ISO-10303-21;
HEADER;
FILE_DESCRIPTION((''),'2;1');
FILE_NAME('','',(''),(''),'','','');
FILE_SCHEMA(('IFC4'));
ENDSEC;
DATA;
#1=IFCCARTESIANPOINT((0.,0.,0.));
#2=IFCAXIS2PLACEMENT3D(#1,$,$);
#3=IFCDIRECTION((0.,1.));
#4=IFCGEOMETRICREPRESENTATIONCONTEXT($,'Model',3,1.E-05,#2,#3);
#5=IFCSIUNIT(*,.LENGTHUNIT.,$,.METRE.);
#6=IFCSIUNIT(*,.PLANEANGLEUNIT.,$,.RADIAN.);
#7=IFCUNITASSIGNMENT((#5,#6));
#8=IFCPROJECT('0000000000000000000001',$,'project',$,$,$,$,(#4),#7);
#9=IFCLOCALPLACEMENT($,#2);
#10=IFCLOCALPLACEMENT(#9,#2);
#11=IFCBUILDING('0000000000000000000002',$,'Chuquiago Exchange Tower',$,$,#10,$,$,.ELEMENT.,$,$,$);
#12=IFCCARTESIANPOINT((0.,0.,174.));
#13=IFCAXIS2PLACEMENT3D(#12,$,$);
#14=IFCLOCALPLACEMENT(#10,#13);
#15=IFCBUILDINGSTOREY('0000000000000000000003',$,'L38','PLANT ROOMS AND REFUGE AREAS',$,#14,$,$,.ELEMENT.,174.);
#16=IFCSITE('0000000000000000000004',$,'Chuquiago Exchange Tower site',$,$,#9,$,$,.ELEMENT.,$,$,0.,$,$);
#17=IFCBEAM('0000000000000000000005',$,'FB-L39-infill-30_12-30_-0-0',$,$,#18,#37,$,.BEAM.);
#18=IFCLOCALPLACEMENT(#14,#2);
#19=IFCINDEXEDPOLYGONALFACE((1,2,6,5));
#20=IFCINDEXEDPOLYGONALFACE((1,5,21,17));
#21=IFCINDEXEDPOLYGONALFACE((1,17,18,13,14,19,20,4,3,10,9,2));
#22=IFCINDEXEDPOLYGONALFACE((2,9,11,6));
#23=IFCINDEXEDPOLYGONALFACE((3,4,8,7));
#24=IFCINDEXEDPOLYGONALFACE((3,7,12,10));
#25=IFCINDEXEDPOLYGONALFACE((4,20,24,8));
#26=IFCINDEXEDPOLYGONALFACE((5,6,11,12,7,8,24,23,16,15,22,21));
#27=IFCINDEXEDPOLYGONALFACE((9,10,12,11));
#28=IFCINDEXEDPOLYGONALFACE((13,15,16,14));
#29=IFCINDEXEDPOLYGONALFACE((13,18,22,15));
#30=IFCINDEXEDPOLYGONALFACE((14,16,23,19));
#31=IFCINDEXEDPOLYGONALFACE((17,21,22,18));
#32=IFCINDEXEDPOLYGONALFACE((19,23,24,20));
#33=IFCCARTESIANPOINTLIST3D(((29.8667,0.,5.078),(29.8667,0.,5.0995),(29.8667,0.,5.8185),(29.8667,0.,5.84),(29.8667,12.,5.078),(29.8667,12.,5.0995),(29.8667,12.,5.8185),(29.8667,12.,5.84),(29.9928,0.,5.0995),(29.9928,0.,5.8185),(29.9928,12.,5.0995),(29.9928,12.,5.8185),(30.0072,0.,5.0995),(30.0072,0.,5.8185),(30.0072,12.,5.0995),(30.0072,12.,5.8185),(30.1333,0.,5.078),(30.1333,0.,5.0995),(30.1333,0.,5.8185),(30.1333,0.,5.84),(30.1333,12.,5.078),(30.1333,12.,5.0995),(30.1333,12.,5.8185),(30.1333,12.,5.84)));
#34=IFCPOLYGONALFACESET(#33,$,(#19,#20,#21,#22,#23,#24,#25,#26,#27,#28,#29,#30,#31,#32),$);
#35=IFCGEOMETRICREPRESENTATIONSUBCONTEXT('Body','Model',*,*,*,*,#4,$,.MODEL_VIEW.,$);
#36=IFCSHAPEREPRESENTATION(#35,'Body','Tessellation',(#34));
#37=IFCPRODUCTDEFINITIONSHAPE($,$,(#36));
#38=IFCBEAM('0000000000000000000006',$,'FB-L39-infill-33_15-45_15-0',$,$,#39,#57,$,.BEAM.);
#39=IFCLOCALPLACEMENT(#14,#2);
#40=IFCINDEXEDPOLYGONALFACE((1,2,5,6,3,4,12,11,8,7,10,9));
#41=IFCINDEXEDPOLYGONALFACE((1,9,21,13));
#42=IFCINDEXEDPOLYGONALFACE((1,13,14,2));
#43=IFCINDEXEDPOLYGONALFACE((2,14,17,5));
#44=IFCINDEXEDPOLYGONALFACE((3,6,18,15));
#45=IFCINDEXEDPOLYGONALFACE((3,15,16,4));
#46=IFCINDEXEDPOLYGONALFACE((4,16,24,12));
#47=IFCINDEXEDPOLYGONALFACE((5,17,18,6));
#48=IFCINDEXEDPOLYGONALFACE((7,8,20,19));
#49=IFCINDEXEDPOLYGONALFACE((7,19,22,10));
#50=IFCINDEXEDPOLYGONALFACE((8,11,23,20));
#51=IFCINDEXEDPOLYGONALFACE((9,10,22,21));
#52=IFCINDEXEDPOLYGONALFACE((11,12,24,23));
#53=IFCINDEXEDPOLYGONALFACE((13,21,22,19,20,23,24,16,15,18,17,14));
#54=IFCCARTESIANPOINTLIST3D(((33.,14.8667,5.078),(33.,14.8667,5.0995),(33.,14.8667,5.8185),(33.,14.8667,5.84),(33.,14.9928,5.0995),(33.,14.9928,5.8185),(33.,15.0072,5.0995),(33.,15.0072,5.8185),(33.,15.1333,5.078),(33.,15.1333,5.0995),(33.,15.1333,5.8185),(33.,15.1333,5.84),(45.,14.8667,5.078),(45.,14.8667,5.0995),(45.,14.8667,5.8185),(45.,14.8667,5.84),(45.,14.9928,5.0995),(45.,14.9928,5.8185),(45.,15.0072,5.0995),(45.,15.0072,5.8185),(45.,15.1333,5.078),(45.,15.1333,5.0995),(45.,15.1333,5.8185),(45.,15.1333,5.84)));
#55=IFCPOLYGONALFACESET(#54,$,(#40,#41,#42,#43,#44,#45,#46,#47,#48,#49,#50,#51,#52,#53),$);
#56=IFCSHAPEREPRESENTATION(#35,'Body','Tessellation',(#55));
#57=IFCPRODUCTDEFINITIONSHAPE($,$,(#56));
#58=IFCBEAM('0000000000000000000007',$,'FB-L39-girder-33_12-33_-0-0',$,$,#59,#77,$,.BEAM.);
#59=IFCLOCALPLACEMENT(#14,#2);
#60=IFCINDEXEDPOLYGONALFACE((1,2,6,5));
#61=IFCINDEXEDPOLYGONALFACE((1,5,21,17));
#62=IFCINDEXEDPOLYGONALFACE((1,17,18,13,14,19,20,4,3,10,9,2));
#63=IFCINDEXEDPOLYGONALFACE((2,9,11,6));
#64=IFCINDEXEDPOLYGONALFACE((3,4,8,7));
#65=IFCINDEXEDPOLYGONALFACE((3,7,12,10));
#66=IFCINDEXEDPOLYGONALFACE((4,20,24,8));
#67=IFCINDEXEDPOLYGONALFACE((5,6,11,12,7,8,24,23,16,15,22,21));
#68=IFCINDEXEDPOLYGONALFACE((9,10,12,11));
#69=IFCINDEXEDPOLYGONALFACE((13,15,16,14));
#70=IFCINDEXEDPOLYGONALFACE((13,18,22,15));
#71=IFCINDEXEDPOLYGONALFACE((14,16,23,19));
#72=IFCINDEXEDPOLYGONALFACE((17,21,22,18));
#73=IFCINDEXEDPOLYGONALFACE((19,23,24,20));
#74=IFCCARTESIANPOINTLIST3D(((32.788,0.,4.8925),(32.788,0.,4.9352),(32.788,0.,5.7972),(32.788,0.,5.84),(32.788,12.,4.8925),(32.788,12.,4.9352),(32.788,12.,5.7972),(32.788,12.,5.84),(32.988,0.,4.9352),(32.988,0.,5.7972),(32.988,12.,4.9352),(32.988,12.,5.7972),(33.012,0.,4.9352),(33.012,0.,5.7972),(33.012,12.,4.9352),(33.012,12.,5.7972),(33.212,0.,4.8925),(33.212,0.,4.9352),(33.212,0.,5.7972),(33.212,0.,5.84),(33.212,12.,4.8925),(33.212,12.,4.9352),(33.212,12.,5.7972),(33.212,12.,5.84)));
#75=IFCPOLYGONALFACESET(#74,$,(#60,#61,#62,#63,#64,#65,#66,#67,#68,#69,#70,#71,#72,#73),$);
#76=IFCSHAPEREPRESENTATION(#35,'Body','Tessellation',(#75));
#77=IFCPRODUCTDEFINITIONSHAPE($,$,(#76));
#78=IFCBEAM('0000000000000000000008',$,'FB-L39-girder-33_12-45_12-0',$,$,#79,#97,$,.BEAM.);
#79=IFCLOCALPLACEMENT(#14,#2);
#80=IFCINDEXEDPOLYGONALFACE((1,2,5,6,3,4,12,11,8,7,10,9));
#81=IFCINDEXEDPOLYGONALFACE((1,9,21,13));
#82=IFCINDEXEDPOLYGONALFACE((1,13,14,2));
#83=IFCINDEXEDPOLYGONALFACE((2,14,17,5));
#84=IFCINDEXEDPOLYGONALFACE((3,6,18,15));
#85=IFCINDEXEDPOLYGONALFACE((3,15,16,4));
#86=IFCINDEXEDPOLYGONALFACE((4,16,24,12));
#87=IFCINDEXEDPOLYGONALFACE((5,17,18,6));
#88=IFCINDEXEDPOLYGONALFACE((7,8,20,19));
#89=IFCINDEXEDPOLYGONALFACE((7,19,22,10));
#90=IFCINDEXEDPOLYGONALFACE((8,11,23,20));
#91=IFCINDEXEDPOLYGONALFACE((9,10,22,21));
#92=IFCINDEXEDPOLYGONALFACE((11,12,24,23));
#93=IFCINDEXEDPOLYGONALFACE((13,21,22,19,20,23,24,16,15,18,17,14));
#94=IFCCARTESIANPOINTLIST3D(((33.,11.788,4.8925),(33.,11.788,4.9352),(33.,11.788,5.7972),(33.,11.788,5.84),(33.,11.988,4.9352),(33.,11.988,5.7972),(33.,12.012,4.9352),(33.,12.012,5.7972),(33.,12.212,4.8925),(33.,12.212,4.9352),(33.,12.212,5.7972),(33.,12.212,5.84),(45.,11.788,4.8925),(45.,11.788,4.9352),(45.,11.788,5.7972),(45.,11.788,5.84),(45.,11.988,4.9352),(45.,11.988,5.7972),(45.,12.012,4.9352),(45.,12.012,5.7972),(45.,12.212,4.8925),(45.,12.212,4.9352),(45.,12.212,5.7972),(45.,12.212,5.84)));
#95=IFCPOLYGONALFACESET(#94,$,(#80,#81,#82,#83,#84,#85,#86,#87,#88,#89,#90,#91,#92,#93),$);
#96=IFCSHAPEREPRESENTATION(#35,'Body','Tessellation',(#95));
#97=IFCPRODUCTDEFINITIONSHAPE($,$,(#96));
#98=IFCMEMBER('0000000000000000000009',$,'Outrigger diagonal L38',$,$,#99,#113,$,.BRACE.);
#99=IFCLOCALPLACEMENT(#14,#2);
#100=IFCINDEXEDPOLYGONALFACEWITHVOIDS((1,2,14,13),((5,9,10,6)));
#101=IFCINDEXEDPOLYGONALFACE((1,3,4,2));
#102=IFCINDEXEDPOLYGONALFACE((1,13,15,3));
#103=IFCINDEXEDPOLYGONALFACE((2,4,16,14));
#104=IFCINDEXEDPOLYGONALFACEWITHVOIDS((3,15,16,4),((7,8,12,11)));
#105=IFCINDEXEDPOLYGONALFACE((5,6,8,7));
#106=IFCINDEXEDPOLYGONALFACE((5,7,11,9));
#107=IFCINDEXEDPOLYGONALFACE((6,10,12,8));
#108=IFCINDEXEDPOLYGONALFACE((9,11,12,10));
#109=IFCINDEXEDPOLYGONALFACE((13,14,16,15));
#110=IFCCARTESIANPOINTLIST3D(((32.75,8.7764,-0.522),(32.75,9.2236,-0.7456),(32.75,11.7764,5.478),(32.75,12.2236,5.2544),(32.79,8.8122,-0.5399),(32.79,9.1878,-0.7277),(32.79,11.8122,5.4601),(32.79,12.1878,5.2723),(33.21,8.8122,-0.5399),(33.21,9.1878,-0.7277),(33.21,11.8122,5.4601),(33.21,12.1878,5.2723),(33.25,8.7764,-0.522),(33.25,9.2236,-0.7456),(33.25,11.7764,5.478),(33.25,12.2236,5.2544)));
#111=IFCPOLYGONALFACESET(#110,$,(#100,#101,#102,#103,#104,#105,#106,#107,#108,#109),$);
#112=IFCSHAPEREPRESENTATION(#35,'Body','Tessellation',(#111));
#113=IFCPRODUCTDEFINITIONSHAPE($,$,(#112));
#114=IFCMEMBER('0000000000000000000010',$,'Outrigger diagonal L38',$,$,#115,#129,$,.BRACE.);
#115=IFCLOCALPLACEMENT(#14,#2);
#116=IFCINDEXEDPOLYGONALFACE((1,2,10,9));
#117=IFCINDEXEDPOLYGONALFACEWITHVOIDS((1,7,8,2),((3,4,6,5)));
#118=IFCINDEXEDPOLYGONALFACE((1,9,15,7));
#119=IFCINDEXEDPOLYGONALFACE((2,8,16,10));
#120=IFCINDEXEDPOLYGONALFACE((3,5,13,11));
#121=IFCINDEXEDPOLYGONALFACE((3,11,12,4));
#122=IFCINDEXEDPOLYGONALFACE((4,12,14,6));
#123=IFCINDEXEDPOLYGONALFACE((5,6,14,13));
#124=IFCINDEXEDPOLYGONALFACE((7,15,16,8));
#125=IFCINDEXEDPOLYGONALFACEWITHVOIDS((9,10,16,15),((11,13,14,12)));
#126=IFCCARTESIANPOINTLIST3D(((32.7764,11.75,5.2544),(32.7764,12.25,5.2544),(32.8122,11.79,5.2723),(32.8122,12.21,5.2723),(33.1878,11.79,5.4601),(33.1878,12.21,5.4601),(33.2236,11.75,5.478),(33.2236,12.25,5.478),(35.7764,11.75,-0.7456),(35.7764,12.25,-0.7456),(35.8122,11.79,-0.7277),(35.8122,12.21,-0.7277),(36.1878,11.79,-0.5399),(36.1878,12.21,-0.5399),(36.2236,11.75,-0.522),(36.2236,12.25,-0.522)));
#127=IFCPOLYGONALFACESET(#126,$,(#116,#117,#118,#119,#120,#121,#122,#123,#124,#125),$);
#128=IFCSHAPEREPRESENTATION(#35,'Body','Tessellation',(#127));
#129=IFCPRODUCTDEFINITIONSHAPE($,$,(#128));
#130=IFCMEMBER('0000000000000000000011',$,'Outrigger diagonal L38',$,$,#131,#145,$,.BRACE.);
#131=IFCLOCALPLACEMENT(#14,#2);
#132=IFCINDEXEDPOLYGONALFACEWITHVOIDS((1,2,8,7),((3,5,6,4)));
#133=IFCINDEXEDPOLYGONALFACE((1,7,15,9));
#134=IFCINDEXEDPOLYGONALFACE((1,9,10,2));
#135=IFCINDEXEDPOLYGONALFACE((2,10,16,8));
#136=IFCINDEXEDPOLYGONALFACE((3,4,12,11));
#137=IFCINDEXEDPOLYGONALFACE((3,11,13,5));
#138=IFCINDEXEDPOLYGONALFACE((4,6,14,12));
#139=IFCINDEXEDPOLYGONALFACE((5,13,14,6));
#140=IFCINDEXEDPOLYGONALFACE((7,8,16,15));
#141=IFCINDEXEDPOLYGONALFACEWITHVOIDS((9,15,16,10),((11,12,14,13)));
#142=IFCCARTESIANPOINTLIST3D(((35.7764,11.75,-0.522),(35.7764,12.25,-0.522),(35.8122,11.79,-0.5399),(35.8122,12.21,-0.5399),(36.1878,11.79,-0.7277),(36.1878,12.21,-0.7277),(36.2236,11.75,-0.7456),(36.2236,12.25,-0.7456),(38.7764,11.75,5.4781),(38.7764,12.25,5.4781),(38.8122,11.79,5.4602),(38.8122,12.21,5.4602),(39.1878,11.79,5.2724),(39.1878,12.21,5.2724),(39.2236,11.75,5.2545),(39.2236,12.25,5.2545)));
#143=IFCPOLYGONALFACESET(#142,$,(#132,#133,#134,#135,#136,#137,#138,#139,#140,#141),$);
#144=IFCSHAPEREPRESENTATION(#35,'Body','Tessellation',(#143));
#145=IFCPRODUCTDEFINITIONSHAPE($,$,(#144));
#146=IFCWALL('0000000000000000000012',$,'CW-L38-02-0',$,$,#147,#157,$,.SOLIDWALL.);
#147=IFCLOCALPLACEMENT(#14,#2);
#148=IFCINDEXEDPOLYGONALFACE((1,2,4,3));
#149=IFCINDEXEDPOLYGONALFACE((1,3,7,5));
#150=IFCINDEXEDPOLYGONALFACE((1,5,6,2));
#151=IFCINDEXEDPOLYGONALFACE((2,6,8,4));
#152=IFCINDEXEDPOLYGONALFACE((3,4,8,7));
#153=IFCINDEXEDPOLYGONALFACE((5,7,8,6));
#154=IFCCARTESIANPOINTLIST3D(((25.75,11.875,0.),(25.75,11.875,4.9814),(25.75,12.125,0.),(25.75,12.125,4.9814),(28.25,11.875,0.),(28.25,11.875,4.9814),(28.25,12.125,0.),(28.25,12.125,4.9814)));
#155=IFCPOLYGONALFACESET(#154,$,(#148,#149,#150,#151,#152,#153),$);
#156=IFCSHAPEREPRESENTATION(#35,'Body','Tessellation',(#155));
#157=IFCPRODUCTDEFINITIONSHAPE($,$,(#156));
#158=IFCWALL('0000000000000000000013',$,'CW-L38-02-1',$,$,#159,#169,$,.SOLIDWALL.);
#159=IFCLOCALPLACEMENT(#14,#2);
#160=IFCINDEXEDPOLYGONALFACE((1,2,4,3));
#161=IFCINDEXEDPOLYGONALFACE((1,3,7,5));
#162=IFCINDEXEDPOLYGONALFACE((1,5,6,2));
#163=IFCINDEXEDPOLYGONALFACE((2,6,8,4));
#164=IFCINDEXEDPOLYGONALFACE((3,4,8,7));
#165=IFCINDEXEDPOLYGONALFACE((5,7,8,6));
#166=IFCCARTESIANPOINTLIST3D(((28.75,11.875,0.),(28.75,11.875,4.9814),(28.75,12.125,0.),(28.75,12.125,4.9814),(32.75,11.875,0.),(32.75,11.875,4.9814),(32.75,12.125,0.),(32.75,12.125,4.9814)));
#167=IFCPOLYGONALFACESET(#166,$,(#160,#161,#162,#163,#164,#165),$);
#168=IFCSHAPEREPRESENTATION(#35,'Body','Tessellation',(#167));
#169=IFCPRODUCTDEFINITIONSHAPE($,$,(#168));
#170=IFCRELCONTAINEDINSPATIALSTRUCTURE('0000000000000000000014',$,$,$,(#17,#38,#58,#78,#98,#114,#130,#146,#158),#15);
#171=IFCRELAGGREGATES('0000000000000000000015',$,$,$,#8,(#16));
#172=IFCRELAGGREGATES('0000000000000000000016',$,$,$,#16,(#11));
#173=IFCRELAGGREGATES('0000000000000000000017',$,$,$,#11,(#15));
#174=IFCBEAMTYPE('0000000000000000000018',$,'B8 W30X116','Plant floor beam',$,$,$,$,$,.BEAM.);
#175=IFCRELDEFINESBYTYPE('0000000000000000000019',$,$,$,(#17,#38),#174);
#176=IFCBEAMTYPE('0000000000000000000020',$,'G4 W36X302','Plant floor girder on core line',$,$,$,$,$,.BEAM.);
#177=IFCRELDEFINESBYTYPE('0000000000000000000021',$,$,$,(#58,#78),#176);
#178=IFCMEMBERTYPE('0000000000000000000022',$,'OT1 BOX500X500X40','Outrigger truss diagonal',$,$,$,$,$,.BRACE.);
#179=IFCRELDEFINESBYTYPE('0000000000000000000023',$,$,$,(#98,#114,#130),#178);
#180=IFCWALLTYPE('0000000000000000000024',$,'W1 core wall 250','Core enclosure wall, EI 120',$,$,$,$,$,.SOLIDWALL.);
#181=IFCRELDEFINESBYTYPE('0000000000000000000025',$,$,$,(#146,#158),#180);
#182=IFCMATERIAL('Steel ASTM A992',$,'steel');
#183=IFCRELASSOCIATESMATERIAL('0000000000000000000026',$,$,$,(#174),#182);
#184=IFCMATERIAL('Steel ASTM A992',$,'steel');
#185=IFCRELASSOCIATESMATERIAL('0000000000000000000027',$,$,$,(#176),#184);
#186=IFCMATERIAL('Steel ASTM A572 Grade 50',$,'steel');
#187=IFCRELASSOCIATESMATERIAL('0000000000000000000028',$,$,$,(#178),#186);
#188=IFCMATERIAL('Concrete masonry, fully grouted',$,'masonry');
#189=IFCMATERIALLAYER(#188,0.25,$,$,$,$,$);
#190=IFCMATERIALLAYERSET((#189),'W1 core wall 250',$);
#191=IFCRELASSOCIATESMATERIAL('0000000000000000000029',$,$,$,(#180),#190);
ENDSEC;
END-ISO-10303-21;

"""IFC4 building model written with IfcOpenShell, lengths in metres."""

from ifc_helpers import new_model, si_unit, direction, frame, frame_2d, origin, origin_2d, place, context, subcontext, project, spatial, rectangle, hollow_rectangle, i_section, extrude, material, layer, layer_set, material_profile, profile_set, type_object, element, save


model = new_model("IFC4")

# Units and contexts
model_context = context("Model", 3, precision=1e-05, world=origin(), true_north=direction((0.0, 1.0)))
body_context = subcontext(model_context, "Body", "Model", "MODEL_VIEW")
ifc_project = project(units=[si_unit("LENGTHUNIT", "METRE"), si_unit("PLANEANGLEUNIT", "RADIAN")], contexts=[model_context])

# Site, building, storey
site_placement = place(None, origin())
site = spatial("IfcSite", under=ifc_project, at=site_placement, Name="Chuquiago Exchange Tower site", CompositionType="ELEMENT", RefElevation=0.0)
building_placement = place(site_placement, origin())
building = spatial("IfcBuilding", under=site, at=building_placement, Name="Chuquiago Exchange Tower", CompositionType="ELEMENT")
storey_placement = place(building_placement, frame((0.0, 0.0, 174.0)))
storey = spatial("IfcBuildingStorey", under=building, at=storey_placement, Name="L38", Description="PLANT ROOMS AND REFUGE AREAS", CompositionType="ELEMENT", Elevation=174.0)

# Beams
ifc_material_1 = material(Name="Steel ASTM A992", Category="steel")
ifc_material_profile_1 = material_profile(ifc_material_1, i_section(OverallWidth=0.2666, OverallDepth=0.762, WebThickness=0.0144, FlangeThickness=0.0215, at=origin_2d()), Name="W30X116")
ifc_profile_set_1 = profile_set([ifc_material_profile_1], Name="Steel ASTM A992")
beam_type_1 = type_object("IfcBeamType", Name="B8 W30X116", Description="Plant floor beam", PredefinedType="BEAM", material=ifc_profile_set_1)
for number, where, z_axis, x_axis, name in (
    (1, (30.0, 12.0, 5.459), (0.0, -1.0, 0.0), (1.0, 0.0, 0.0), "FB-L39-infill-30_12-30_-0-0"),
    (2, (33.0, 15.0, 5.459), (1.0, 0.0, 0.0), (0.0, 1.0, 0.0), "FB-L39-infill-33_15-45_15-0"),
):
    element("IfcBeam", number, at=place(storey_placement, frame(where, z_axis=z_axis, x_axis=x_axis)), inside=storey, type_object=beam_type_1, Name=name, PredefinedType="BEAM", context=body_context, shape_type="SweptSolid", body=[
        extrude(i_section(OverallWidth=0.2666, OverallDepth=0.762, WebThickness=0.0144, FlangeThickness=0.0215, at=origin_2d()), origin(), (0.0, 0.0, 1.0), 12.0),
    ])
ifc_material_2 = material(Name="Steel ASTM A992", Category="steel")
ifc_material_profile_2 = material_profile(ifc_material_2, i_section(OverallWidth=0.4241, OverallDepth=0.9475, WebThickness=0.0239, FlangeThickness=0.0427, at=origin_2d()), Name="W36X302")
ifc_profile_set_2 = profile_set([ifc_material_profile_2], Name="Steel ASTM A992")
beam_type_2 = type_object("IfcBeamType", Name="G4 W36X302", Description="Plant floor girder on core line", PredefinedType="BEAM", material=ifc_profile_set_2)
for number, where, z_axis, x_axis, name in (
    (3, (33.0, 12.0, 5.3662), (0.0, -1.0, 0.0), (1.0, 0.0, 0.0), "FB-L39-girder-33_12-33_-0-0"),
    (4, (33.0, 12.0, 5.3662), (1.0, 0.0, 0.0), (0.0, 1.0, 0.0), "FB-L39-girder-33_12-45_12-0"),
):
    element("IfcBeam", number, at=place(storey_placement, frame(where, z_axis=z_axis, x_axis=x_axis)), inside=storey, type_object=beam_type_2, Name=name, PredefinedType="BEAM", context=body_context, shape_type="SweptSolid", body=[
        extrude(i_section(OverallWidth=0.4241, OverallDepth=0.9475, WebThickness=0.0239, FlangeThickness=0.0427, at=origin_2d()), origin(), (0.0, 0.0, 1.0), 12.0),
    ])

# Members
ifc_material_3 = material(Name="Steel ASTM A572 Grade 50", Category="steel")
ifc_material_profile_3 = material_profile(ifc_material_3, hollow_rectangle(XDim=0.5, YDim=0.5, WallThickness=0.04, at=origin_2d()), Name="BOX500X500X40")
ifc_profile_set_3 = profile_set([ifc_material_profile_3], Name="Steel ASTM A572 Grade 50")
member_type = type_object("IfcMemberType", Name="OT1 BOX500X500X40", Description="Outrigger truss diagonal", PredefinedType="BRACE", material=ifc_profile_set_3)
for number, where, z_axis, x_axis, name in (
    (5, (33.0, 12.0, 5.3662), (0.0, -0.447214, -0.894427), (1.0, 0.0, 0.0), "Outrigger diagonal L38"),
    (6, (33.0, 12.0, 5.3662), (0.447214, 0.0, -0.894427), (0.0, 1.0, 0.0), "Outrigger diagonal L38"),
    (7, (36.0, 12.0, -0.6338), (0.447214, 0.0, 0.894427), (0.0, 1.0, 0.0), "Outrigger diagonal L38"),
):
    element("IfcMember", number, at=place(storey_placement, frame(where, z_axis=z_axis, x_axis=x_axis)), inside=storey, type_object=member_type, Name=name, PredefinedType="BRACE", context=body_context, shape_type="SweptSolid", body=[
        extrude(hollow_rectangle(XDim=0.5, YDim=0.5, WallThickness=0.04, at=origin_2d()), origin(), (0.0, 0.0, 1.0), 6.7083),
    ])

# Walls
ifc_material_4 = material(Name="Concrete masonry, fully grouted", Category="masonry")
ifc_layer_1 = layer(ifc_material_4, 0.25)
ifc_layer_set_1 = layer_set([ifc_layer_1], Name="W1 core wall 250")
wall_type_1 = type_object("IfcWallType", Name="W1 core wall 250", Description="Core enclosure wall, EI 120", PredefinedType="SOLIDWALL", material=ifc_layer_set_1)
wall_1_placement = place(storey_placement, frame((25.75, 12.0, 0.0), z_axis=(0.0, 0.0, 1.0), x_axis=(1.0, 0.0, 0.0)))
element("IfcWall", 8, at=wall_1_placement, inside=storey, type_object=wall_type_1, Name="CW-L38-02-0", PredefinedType="SOLIDWALL", context=body_context, shape_type="SweptSolid", body=[
    extrude(rectangle(XDim=2.5, YDim=0.25, at=frame_2d((1.25, 0.0))), origin(), (0.0, 0.0, 1.0), 4.9814),
])
wall_2_placement = place(storey_placement, frame((28.75, 12.0, 0.0), z_axis=(0.0, 0.0, 1.0), x_axis=(1.0, 0.0, 0.0)))
element("IfcWall", 9, at=wall_2_placement, inside=storey, type_object=wall_type_1, Name="CW-L38-02-1", PredefinedType="SOLIDWALL", context=body_context, shape_type="SweptSolid", body=[
    extrude(rectangle(XDim=4.0, YDim=0.25, at=frame_2d((2.0, 0.0))), origin(), (0.0, 0.0, 1.0), 4.9814),
])

save(model, "model.ifc")
